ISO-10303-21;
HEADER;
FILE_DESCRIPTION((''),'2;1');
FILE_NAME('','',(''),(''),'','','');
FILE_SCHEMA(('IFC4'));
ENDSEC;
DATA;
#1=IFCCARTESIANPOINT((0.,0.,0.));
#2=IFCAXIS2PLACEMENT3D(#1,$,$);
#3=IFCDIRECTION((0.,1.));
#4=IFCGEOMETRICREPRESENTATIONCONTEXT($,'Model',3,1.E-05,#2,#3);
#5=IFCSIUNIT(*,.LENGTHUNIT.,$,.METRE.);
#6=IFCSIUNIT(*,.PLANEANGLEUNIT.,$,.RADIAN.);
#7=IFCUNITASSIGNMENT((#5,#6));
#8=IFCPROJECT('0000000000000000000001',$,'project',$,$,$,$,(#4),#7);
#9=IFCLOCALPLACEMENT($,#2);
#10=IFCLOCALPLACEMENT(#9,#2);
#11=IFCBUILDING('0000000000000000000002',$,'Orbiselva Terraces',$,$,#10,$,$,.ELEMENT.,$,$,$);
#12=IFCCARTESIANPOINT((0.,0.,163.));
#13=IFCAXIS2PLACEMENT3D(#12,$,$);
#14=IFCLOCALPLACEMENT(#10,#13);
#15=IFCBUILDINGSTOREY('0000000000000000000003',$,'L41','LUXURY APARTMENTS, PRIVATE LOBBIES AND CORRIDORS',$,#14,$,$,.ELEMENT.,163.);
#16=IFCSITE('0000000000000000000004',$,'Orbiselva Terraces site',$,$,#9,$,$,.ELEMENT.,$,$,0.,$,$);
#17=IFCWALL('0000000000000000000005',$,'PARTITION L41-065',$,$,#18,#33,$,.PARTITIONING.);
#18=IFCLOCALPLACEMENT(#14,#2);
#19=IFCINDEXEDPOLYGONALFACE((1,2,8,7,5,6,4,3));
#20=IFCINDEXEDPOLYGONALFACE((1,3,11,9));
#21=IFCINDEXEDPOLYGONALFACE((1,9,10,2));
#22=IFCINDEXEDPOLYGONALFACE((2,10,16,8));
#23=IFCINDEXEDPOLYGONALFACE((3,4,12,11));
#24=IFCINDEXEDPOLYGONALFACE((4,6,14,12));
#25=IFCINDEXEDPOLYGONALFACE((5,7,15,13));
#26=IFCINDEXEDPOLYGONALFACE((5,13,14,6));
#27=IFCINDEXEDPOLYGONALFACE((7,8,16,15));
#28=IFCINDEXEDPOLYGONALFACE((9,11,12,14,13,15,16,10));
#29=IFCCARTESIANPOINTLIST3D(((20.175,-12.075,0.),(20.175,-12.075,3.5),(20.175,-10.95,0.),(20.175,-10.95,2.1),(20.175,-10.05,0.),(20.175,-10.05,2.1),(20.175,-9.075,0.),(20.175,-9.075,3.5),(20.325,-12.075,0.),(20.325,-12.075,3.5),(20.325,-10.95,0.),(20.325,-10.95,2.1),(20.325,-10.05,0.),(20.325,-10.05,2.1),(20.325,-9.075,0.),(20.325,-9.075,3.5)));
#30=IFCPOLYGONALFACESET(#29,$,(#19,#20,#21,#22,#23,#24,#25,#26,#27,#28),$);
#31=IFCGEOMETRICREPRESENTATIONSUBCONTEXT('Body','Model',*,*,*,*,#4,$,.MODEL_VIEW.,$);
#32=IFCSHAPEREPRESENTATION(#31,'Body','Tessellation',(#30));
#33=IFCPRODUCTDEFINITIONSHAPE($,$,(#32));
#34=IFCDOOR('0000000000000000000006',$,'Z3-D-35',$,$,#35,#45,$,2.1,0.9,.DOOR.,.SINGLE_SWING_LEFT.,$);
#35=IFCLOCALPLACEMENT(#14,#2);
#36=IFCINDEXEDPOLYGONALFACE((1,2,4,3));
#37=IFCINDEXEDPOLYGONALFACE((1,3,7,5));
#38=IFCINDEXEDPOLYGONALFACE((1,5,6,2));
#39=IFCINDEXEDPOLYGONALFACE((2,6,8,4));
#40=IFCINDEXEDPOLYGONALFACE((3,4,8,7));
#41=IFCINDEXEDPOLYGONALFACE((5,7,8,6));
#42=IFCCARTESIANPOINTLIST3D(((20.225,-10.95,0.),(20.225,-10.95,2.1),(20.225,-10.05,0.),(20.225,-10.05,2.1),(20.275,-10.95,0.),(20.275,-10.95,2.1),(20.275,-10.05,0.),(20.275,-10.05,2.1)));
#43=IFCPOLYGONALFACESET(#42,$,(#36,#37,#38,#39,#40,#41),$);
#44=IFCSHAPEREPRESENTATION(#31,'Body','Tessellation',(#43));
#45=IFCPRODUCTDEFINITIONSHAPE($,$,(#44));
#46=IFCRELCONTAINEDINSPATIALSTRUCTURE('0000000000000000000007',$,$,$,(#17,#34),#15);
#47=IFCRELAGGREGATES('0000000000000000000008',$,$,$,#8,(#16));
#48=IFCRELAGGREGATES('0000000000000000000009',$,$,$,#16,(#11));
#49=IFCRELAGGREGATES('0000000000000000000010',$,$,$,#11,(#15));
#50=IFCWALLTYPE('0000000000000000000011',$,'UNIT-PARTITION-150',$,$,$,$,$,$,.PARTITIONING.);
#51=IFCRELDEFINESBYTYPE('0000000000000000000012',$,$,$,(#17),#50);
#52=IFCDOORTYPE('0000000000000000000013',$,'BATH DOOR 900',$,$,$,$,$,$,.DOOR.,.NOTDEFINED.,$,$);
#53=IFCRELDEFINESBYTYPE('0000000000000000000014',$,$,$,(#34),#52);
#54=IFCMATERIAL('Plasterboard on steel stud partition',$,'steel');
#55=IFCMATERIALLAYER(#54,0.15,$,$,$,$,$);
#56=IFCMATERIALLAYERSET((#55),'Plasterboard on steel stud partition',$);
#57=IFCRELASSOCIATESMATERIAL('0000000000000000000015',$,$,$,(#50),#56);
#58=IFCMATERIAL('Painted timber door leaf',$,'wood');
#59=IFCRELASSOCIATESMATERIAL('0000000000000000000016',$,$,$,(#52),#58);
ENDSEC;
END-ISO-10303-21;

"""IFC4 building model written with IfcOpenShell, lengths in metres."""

from ifc_helpers import new_model, si_unit, direction, frame, frame_2d, origin, place, context, subcontext, project, spatial, rectangle, extrude, material, layer, layer_set, type_object, element, fill, save


model = new_model("IFC4")

# Units and contexts
model_context = context("Model", 3, precision=1e-05, world=origin(), true_north=direction((0.0, 1.0)))
body_context = subcontext(model_context, "Body", "Model", "MODEL_VIEW")
ifc_project = project(units=[si_unit("LENGTHUNIT", "METRE"), si_unit("PLANEANGLEUNIT", "RADIAN")], contexts=[model_context])

# Site, building, storey
site_placement = place(None, origin())
site = spatial("IfcSite", under=ifc_project, at=site_placement, Name="Orbiselva Terraces site", CompositionType="ELEMENT", RefElevation=0.0)
building_placement = place(site_placement, origin())
building = spatial("IfcBuilding", under=site, at=building_placement, Name="Orbiselva Terraces", CompositionType="ELEMENT")
storey_placement = place(building_placement, frame((0.0, 0.0, 163.0)))
storey = spatial("IfcBuildingStorey", under=building, at=storey_placement, Name="L41", Description="LUXURY APARTMENTS, PRIVATE LOBBIES AND CORRIDORS", CompositionType="ELEMENT", Elevation=163.0)

# Shared definitions
ifc_material_1 = material(Name="Plasterboard on steel stud partition", Category="steel")

# Shared definitions
ifc_layer_1 = layer(ifc_material_1, 0.15)
ifc_layer_set_1 = layer_set([ifc_layer_1], Name="Plasterboard on steel stud partition")
wall_type_1 = type_object("IfcWallType", Name="UNIT-PARTITION-150", PredefinedType="PARTITIONING", material=ifc_layer_set_1)
ifc_material_2 = material(Name="Painted timber door leaf", Category="wood")
door_type_1 = type_object("IfcDoorType", Name="BATH DOOR 900", OperationType="NOTDEFINED", PredefinedType="DOOR", material=ifc_material_2)

# Wall, opening, door
wall_1_placement = place(storey_placement, frame((20.25, -9.075, 0.0), z_axis=(0.0, 0.0, 1.0), x_axis=(0.0, -1.0, 0.0)))
wall_1 = element("IfcWall", 1, at=wall_1_placement, inside=storey, type_object=wall_type_1, Name="PARTITION L41-065", PredefinedType="PARTITIONING", context=body_context, shape_type="SweptSolid", body=[
    extrude(rectangle(XDim=3.0, YDim=0.15, at=frame_2d((1.5, 0.0))), origin(), (0.0, 0.0, 1.0), 3.5),
])
opening_1_placement = place(wall_1_placement, frame((0.975, 0.0, 0.0)))
opening_1 = element("IfcOpeningElement", 2, at=opening_1_placement, cuts=wall_1, PredefinedType="OPENING", context=body_context, shape_type="SweptSolid", body=[
    extrude(rectangle(XDim=0.9, YDim=2.1, at=frame_2d((0.45, 1.05))), frame((0.0, 0.085, 0.0), z_axis=(0.0, -1.0, 0.0), x_axis=(1.0, 0.0, 0.0)), (0.0, 0.0, 1.0), 0.17),
])
door_1_placement = place(opening_1_placement, origin())
door_1 = element("IfcDoor", 3, at=door_1_placement, inside=storey, type_object=door_type_1, Name="Z3-D-35", OperationType="SINGLE_SWING_LEFT", OverallHeight=2.1, OverallWidth=0.9, PredefinedType="DOOR", context=body_context, shape_type="SweptSolid", body=[
    extrude(rectangle(XDim=0.9, YDim=2.1, at=frame_2d((0.45, 1.05))), frame((0.0, 0.025, 0.0), z_axis=(0.0, -1.0, 0.0), x_axis=(1.0, 0.0, 0.0)), (0.0, 0.0, 1.0), 0.05),
])
fill(opening_1, door_1)

save(model, "model.ifc")
